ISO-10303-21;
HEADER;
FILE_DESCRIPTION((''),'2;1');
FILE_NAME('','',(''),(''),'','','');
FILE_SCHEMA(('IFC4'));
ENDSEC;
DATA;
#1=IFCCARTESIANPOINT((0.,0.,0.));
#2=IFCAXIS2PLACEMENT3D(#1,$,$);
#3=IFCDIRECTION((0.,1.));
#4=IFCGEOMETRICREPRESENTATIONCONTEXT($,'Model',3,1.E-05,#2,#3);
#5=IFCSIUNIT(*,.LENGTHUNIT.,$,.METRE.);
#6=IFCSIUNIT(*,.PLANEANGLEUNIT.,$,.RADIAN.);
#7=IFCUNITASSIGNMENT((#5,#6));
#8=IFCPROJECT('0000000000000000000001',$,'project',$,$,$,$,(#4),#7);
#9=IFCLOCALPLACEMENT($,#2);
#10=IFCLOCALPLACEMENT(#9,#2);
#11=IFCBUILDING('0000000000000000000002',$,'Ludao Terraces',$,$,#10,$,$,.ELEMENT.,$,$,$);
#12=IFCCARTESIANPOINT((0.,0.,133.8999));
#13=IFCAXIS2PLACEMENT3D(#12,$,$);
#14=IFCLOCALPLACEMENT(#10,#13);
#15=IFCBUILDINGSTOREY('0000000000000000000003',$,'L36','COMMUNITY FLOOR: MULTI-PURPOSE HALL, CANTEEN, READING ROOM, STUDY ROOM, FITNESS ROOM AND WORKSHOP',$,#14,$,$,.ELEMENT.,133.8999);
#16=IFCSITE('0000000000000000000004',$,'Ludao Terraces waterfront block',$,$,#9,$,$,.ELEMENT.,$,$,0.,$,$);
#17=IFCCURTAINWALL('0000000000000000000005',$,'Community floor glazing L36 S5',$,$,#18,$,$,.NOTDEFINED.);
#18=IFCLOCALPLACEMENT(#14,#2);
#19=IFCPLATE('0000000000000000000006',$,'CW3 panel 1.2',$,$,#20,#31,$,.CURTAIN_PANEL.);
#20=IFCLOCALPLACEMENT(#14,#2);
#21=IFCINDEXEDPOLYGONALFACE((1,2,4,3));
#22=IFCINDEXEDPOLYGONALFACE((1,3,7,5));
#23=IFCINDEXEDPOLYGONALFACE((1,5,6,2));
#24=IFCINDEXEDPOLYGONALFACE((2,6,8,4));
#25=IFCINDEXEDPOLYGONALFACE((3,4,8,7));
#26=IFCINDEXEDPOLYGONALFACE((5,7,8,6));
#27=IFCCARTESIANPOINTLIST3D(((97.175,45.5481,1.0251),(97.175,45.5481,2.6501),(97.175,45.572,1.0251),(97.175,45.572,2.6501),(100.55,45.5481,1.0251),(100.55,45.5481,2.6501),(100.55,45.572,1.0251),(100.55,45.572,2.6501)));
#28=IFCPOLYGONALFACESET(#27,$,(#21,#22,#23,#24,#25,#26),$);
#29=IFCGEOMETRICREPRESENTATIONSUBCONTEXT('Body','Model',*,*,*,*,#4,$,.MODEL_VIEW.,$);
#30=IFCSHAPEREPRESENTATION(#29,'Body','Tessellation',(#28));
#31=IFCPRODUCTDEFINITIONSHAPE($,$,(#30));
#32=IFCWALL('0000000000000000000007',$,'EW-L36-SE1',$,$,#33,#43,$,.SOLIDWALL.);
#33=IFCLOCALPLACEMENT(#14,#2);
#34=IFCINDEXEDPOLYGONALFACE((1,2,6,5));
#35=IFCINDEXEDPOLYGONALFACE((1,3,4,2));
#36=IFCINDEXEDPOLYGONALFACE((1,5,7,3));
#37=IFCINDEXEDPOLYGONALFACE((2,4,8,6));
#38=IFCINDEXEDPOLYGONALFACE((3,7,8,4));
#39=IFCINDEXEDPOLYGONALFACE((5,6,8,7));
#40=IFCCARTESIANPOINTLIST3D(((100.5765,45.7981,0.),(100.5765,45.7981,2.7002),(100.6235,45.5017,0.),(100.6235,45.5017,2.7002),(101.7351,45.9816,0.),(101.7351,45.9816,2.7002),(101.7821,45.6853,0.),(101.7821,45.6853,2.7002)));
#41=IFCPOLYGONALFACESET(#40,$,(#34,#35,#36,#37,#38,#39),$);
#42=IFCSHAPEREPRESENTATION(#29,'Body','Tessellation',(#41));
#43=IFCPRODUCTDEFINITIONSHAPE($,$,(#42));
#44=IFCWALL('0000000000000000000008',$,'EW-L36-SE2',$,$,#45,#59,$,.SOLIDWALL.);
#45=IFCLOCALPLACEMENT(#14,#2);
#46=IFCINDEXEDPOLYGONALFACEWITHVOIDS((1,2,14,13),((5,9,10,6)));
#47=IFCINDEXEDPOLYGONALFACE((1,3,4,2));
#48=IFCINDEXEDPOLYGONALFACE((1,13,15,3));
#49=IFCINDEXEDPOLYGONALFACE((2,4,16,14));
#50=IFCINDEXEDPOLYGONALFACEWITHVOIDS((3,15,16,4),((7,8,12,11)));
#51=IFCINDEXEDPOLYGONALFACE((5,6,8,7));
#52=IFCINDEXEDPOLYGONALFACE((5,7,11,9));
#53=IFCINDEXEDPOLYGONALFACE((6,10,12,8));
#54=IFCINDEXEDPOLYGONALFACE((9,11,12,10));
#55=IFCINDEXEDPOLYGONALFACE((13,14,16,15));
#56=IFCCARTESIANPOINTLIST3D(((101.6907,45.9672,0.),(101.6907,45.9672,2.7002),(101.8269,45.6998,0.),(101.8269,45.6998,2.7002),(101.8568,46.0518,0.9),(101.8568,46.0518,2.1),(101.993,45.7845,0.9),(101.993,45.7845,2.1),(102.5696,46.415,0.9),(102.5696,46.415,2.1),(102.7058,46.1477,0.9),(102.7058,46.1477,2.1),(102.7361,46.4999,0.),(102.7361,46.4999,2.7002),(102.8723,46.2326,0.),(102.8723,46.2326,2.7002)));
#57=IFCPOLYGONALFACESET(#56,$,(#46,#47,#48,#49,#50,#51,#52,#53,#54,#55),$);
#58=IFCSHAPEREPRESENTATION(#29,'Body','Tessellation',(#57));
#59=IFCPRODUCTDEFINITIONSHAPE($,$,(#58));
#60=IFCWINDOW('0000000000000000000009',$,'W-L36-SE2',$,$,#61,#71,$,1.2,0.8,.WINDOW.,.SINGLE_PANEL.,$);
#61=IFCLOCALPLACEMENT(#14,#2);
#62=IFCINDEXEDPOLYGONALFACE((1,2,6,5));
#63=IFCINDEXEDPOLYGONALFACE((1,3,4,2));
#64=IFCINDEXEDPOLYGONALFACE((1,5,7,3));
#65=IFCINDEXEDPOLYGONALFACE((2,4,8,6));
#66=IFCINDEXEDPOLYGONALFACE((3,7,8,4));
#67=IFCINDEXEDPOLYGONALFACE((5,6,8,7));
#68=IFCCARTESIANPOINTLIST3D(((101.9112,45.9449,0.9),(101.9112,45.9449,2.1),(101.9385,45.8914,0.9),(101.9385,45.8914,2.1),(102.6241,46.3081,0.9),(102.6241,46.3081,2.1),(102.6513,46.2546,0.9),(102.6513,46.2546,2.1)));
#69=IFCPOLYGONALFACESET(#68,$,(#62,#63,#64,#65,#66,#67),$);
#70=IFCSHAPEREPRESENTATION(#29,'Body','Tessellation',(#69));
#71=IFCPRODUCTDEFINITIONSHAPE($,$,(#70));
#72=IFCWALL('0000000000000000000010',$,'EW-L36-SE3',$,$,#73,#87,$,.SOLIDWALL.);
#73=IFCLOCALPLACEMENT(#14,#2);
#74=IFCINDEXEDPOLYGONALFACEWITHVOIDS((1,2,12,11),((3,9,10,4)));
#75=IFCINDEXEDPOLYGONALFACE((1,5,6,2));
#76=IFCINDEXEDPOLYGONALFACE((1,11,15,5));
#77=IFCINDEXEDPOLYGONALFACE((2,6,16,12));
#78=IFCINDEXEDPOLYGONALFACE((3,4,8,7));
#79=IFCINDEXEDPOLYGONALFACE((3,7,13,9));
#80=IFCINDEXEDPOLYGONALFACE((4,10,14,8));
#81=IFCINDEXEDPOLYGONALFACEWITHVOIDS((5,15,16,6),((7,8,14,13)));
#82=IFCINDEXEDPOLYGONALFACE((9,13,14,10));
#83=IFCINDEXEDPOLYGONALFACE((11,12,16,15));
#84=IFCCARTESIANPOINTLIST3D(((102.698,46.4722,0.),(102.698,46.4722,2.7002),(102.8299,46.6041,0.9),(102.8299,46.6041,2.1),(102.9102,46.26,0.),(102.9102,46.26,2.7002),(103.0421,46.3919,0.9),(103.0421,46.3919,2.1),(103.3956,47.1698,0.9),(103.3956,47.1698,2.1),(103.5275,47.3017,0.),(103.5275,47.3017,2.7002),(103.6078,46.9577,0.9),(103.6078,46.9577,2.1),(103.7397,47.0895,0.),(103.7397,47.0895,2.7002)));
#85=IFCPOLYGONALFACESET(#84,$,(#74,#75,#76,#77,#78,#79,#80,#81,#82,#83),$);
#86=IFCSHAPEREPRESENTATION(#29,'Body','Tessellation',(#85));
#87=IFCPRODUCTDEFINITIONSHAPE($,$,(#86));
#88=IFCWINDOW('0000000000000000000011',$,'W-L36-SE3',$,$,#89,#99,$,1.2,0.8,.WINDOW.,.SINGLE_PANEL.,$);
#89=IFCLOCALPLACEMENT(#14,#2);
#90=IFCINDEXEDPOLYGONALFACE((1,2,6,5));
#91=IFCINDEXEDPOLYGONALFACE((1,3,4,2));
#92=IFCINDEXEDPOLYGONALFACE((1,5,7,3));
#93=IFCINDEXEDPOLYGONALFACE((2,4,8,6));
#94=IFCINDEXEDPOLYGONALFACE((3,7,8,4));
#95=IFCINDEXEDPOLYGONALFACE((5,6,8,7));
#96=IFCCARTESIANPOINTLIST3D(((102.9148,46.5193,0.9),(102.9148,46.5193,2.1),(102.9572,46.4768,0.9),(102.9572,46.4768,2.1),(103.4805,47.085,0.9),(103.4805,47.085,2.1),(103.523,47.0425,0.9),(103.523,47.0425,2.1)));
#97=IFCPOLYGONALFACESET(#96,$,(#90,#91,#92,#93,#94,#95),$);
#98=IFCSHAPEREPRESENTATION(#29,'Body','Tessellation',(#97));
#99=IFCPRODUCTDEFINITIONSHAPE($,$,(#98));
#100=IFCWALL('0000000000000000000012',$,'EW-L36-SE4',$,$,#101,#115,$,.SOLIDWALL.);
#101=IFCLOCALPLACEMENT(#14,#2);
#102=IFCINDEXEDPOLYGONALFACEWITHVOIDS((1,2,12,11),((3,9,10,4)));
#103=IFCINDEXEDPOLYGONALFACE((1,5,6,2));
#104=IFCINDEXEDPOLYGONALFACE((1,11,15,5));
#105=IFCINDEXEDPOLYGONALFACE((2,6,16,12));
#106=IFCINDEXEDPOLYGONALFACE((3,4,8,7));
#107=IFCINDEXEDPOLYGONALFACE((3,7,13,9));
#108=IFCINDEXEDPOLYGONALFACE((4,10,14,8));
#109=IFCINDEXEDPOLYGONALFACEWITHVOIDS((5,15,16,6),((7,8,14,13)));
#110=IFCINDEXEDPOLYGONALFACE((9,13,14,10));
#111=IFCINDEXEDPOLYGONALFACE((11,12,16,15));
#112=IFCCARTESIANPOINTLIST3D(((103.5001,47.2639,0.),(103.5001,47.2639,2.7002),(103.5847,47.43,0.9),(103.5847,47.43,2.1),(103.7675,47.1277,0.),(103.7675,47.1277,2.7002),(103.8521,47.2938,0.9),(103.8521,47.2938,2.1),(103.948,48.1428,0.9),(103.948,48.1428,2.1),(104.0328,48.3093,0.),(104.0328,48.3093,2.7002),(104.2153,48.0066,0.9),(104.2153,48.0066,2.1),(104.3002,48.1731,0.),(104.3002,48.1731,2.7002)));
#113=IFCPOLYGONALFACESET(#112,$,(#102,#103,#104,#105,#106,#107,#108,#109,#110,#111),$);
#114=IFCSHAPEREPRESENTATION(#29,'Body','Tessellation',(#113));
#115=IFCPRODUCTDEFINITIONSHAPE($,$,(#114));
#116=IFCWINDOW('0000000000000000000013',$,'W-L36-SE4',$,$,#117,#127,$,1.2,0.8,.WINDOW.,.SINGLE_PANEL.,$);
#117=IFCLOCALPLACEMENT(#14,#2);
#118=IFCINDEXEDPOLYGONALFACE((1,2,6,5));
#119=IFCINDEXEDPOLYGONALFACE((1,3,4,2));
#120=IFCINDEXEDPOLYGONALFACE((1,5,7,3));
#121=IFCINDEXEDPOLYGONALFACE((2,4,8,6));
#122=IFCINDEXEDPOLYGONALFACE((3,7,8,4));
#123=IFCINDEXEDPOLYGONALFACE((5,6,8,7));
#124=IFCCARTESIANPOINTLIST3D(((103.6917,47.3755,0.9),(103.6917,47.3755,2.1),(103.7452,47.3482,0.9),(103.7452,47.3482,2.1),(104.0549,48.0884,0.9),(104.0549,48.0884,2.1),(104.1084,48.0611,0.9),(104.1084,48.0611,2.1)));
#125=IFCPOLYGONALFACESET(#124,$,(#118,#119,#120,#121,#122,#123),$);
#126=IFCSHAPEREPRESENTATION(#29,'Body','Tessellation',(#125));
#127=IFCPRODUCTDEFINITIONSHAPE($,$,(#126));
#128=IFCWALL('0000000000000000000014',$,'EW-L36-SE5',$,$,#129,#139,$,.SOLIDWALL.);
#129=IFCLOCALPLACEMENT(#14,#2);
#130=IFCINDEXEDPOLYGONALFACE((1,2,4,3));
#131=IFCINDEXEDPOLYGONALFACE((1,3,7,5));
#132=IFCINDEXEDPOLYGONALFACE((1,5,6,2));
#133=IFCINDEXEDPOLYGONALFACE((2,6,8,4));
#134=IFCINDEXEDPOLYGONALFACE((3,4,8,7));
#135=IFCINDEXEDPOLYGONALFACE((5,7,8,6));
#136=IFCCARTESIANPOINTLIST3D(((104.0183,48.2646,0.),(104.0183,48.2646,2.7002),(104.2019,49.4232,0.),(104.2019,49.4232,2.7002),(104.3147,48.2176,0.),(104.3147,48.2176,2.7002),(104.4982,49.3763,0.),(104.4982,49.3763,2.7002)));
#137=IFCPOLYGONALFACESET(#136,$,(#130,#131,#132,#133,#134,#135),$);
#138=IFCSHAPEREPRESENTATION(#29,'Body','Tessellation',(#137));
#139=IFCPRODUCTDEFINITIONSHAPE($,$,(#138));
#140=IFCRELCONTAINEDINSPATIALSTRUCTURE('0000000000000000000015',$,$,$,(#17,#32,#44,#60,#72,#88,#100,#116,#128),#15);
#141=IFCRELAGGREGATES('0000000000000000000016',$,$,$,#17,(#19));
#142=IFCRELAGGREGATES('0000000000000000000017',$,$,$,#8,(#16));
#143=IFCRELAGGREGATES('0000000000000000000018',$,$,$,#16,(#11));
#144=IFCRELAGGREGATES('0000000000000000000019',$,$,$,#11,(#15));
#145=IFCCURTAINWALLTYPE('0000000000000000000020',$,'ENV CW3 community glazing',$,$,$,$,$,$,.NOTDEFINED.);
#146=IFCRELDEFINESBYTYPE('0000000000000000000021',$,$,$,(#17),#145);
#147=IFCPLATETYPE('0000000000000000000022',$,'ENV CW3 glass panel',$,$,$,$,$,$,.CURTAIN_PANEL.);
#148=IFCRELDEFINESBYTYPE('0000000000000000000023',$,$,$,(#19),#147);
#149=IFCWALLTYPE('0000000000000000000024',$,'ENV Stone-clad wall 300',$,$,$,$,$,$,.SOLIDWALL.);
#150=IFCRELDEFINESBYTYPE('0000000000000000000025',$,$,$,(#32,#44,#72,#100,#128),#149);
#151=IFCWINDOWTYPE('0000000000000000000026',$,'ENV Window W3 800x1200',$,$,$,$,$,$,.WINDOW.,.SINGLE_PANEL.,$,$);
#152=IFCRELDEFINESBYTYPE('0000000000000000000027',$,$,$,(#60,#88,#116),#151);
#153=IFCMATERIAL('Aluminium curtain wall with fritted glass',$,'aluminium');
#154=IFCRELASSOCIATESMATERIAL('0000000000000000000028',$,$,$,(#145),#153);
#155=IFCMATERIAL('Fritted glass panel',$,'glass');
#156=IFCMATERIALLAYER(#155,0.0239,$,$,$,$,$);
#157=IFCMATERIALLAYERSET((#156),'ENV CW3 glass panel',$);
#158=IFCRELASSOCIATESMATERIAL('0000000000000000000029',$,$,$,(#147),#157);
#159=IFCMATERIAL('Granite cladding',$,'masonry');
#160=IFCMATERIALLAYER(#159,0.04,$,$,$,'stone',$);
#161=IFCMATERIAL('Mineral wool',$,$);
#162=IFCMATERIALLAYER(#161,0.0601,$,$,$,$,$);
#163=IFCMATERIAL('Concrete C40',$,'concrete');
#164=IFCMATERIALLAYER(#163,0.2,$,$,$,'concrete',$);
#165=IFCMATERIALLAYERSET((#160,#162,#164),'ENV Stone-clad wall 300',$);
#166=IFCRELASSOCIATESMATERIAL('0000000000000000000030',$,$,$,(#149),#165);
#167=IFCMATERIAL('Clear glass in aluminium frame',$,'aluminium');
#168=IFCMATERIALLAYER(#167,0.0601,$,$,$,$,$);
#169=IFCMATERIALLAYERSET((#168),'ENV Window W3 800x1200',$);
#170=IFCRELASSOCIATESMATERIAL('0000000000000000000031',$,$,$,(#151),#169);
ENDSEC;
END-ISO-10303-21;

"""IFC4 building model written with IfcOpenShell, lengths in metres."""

from ifc_helpers import new_model, si_unit, direction, frame, frame_2d, origin, origin_2d, place, context, subcontext, project, spatial, rectangle, extrude, material, layer, layer_set, type_object, element, fill, aggregate, save


model = new_model("IFC4")

# Units and contexts
model_context = context("Model", 3, precision=1e-05, world=origin(), true_north=direction((0.0, 1.0)))
body_context = subcontext(model_context, "Body", "Model", "MODEL_VIEW")
ifc_project = project(units=[si_unit("LENGTHUNIT", "METRE"), si_unit("PLANEANGLEUNIT", "RADIAN")], contexts=[model_context])

# Site, building, storey
site_placement = place(None, origin())
site = spatial("IfcSite", under=ifc_project, at=site_placement, Name="Ludao Terraces waterfront block", CompositionType="ELEMENT", RefElevation=0.0)
building_placement = place(site_placement, origin())
building = spatial("IfcBuilding", under=site, at=building_placement, Name="Ludao Terraces", CompositionType="ELEMENT")
storey_placement = place(building_placement, frame((0.0, 0.0, 133.8999)))
storey = spatial("IfcBuildingStorey", under=building, at=storey_placement, Name="L36", Description="COMMUNITY FLOOR: MULTI-PURPOSE HALL, CANTEEN, READING ROOM, STUDY ROOM, FITNESS ROOM AND WORKSHOP", CompositionType="ELEMENT", Elevation=133.8999)

# Curtain wall
ifc_material_1 = material(Name="Aluminium curtain wall with fritted glass", Category="aluminium")
curtain_wall_type = type_object("IfcCurtainWallType", Name="ENV CW3 community glazing", PredefinedType="NOTDEFINED", material=ifc_material_1)
curtain_wall_1_placement = place(storey_placement, origin())
curtain_wall_1 = element("IfcCurtainWall", 1, at=curtain_wall_1_placement, inside=storey, type_object=curtain_wall_type, Name="Community floor glazing L36 S5", PredefinedType="NOTDEFINED")

# Shared definitions
ifc_material_2 = material(Name="Concrete C40", Category="concrete")

# Plate
ifc_material_3 = material(Name="Fritted glass panel", Category="glass")
ifc_layer_1 = layer(ifc_material_3, 0.0239)
ifc_layer_set_1 = layer_set([ifc_layer_1], Name="ENV CW3 glass panel")
plate_type = type_object("IfcPlateType", Name="ENV CW3 glass panel", PredefinedType="CURTAIN_PANEL", material=ifc_layer_set_1)
plate_1_placement = place(storey_placement, frame((98.8625, 45.5601, 1.0251), z_axis=(0.0, 0.0, 1.0), x_axis=(1.0, 0.0, 0.0)))
plate_1 = element("IfcPlate", 2, at=plate_1_placement, type_object=plate_type, Name="CW3 panel 1.2", PredefinedType="CURTAIN_PANEL", context=body_context, shape_type="SweptSolid", body=[
    extrude(rectangle(XDim=3.375, YDim=0.0239, at=origin_2d()), origin(), (0.0, 0.0, 1.0), 1.625),
])
aggregate(curtain_wall_1, [plate_1])

# Wall
ifc_material_4 = material(Name="Granite cladding", Category="masonry")
ifc_layer_2 = layer(ifc_material_4, 0.04, Category="stone")
ifc_material_5 = material(Name="Mineral wool")
ifc_layer_3 = layer(ifc_material_5, 0.0601)
ifc_layer_4 = layer(ifc_material_2, 0.2, Category="concrete")
ifc_layer_set_2 = layer_set([ifc_layer_2, ifc_layer_3, ifc_layer_4], Name="ENV Stone-clad wall 300")
wall_type_1 = type_object("IfcWallType", Name="ENV Stone-clad wall 300", PredefinedType="SOLIDWALL", material=ifc_layer_set_2)
wall_1_placement = place(storey_placement, frame((100.6001, 45.6499, 0.0), z_axis=(0.0, 0.0, 1.0), x_axis=(0.987678, 0.156497, 0.0)))
element("IfcWall", 3, at=wall_1_placement, inside=storey, type_object=wall_type_1, Name="EW-L36-SE1", PredefinedType="SOLIDWALL", context=body_context, shape_type="SweptSolid", body=[
    extrude(rectangle(XDim=1.1731, YDim=0.3, at=frame_2d((0.5864, 0.0))), origin(), (0.0, 0.0, 1.0), 2.7002),
])

# Walls, openings, windows
wall_2_placement = place(storey_placement, frame((101.7588, 45.8335, 0.0), z_axis=(0.0, 0.0, 1.0), x_axis=(0.890989, 0.454026, 0.0)))
wall_2 = element("IfcWall", 4, at=wall_2_placement, inside=storey, type_object=wall_type_1, Name="EW-L36-SE2", PredefinedType="SOLIDWALL", context=body_context, shape_type="SweptSolid", body=[
    extrude(rectangle(XDim=1.1733, YDim=0.3, at=frame_2d((0.5867, 0.0))), origin(), (0.0, 0.0, 1.0), 2.7002),
])
opening_1_placement = place(wall_2_placement, frame((0.1865, 0.0, 0.8999)))
opening_1 = element("IfcOpeningElement", 5, at=opening_1_placement, cuts=wall_2, PredefinedType="OPENING", context=body_context, shape_type="SweptSolid", body=[
    extrude(rectangle(XDim=0.8, YDim=1.2, at=frame_2d((0.3999, 0.6001))), frame((0.0, 0.1602, 0.0), z_axis=(0.0, -1.0, 0.0), x_axis=(1.0, 0.0, 0.0)), (0.0, 0.0, 1.0), 0.3201),
])
ifc_material_6 = material(Name="Clear glass in aluminium frame", Category="aluminium")
ifc_layer_5 = layer(ifc_material_6, 0.0601)
ifc_layer_set_3 = layer_set([ifc_layer_5], Name="ENV Window W3 800x1200")
window_type = type_object("IfcWindowType", Name="ENV Window W3 800x1200", PartitioningType="SINGLE_PANEL", PredefinedType="WINDOW", material=ifc_layer_set_3)
window_1_placement = place(opening_1_placement, origin())
window_1 = element("IfcWindow", 6, at=window_1_placement, inside=storey, type_object=window_type, Name="W-L36-SE2", OverallHeight=1.2, OverallWidth=0.8, PartitioningType="SINGLE_PANEL", PredefinedType="WINDOW", context=body_context, shape_type="SweptSolid", body=[
    extrude(rectangle(XDim=0.8, YDim=1.2, at=frame_2d((0.3999, 0.6001))), frame((0.0, 0.03, 0.0), z_axis=(0.0, -1.0, 0.0), x_axis=(1.0, 0.0, 0.0)), (0.0, 0.0, 1.0), 0.0601),
])
fill(opening_1, window_1)
wall_3_placement = place(storey_placement, frame((102.8042, 46.3662, 0.0), z_axis=(0.0, 0.0, 1.0), x_axis=(0.707107, 0.707107, 0.0)))
wall_3 = element("IfcWall", 7, at=wall_3_placement, inside=storey, type_object=wall_type_1, Name="EW-L36-SE3", PredefinedType="SOLIDWALL", context=body_context, shape_type="SweptSolid", body=[
    extrude(rectangle(XDim=1.1731, YDim=0.3, at=frame_2d((0.5864, 0.0))), origin(), (0.0, 0.0, 1.0), 2.7002),
])
opening_2_placement = place(wall_3_placement, frame((0.1865, 0.0, 0.8999)))
opening_2 = element("IfcOpeningElement", 8, at=opening_2_placement, cuts=wall_3, PredefinedType="OPENING", context=body_context, shape_type="SweptSolid", body=[
    extrude(rectangle(XDim=0.8, YDim=1.2, at=frame_2d((0.3999, 0.6001))), frame((0.0, 0.1602, 0.0), z_axis=(0.0, -1.0, 0.0), x_axis=(1.0, 0.0, 0.0)), (0.0, 0.0, 1.0), 0.3201),
])
window_2_placement = place(opening_2_placement, origin())
window_2 = element("IfcWindow", 9, at=window_2_placement, inside=storey, type_object=window_type, Name="W-L36-SE3", OverallHeight=1.2, OverallWidth=0.8, PartitioningType="SINGLE_PANEL", PredefinedType="WINDOW", context=body_context, shape_type="SweptSolid", body=[
    extrude(rectangle(XDim=0.8, YDim=1.2, at=frame_2d((0.3999, 0.6001))), frame((0.0, 0.03, 0.0), z_axis=(0.0, -1.0, 0.0), x_axis=(1.0, 0.0, 0.0)), (0.0, 0.0, 1.0), 0.0601),
])
fill(opening_2, window_2)
wall_4_placement = place(storey_placement, frame((103.6338, 47.1958, 0.0), z_axis=(0.0, 0.0, 1.0), x_axis=(0.454026, 0.890989, 0.0)))
wall_4 = element("IfcWall", 10, at=wall_4_placement, inside=storey, type_object=wall_type_1, Name="EW-L36-SE4", PredefinedType="SOLIDWALL", context=body_context, shape_type="SweptSolid", body=[
    extrude(rectangle(XDim=1.1733, YDim=0.3, at=frame_2d((0.5867, 0.0))), origin(), (0.0, 0.0, 1.0), 2.7002),
])
opening_3_placement = place(wall_4_placement, frame((0.1865, 0.0, 0.8999)))
opening_3 = element("IfcOpeningElement", 11, at=opening_3_placement, cuts=wall_4, PredefinedType="OPENING", context=body_context, shape_type="SweptSolid", body=[
    extrude(rectangle(XDim=0.8, YDim=1.2, at=frame_2d((0.3999, 0.6001))), frame((0.0, 0.1602, 0.0), z_axis=(0.0, -1.0, 0.0), x_axis=(1.0, 0.0, 0.0)), (0.0, 0.0, 1.0), 0.3201),
])
window_3_placement = place(opening_3_placement, origin())
window_3 = element("IfcWindow", 12, at=window_3_placement, inside=storey, type_object=window_type, Name="W-L36-SE4", OverallHeight=1.2, OverallWidth=0.8, PartitioningType="SINGLE_PANEL", PredefinedType="WINDOW", context=body_context, shape_type="SweptSolid", body=[
    extrude(rectangle(XDim=0.8, YDim=1.2, at=frame_2d((0.3999, 0.6001))), frame((0.0, 0.03, 0.0), z_axis=(0.0, -1.0, 0.0), x_axis=(1.0, 0.0, 0.0)), (0.0, 0.0, 1.0), 0.0601),
])
fill(opening_3, window_3)

# Wall
wall_5_placement = place(storey_placement, frame((104.1665, 48.2412, 0.0), z_axis=(0.0, 0.0, 1.0), x_axis=(0.156497, 0.987678, 0.0)))
element("IfcWall", 13, at=wall_5_placement, inside=storey, type_object=wall_type_1, Name="EW-L36-SE5", PredefinedType="SOLIDWALL", context=body_context, shape_type="SweptSolid", body=[
    extrude(rectangle(XDim=1.1731, YDim=0.3, at=frame_2d((0.5864, 0.0))), origin(), (0.0, 0.0, 1.0), 2.7002),
])

save(model, "model.ifc")
